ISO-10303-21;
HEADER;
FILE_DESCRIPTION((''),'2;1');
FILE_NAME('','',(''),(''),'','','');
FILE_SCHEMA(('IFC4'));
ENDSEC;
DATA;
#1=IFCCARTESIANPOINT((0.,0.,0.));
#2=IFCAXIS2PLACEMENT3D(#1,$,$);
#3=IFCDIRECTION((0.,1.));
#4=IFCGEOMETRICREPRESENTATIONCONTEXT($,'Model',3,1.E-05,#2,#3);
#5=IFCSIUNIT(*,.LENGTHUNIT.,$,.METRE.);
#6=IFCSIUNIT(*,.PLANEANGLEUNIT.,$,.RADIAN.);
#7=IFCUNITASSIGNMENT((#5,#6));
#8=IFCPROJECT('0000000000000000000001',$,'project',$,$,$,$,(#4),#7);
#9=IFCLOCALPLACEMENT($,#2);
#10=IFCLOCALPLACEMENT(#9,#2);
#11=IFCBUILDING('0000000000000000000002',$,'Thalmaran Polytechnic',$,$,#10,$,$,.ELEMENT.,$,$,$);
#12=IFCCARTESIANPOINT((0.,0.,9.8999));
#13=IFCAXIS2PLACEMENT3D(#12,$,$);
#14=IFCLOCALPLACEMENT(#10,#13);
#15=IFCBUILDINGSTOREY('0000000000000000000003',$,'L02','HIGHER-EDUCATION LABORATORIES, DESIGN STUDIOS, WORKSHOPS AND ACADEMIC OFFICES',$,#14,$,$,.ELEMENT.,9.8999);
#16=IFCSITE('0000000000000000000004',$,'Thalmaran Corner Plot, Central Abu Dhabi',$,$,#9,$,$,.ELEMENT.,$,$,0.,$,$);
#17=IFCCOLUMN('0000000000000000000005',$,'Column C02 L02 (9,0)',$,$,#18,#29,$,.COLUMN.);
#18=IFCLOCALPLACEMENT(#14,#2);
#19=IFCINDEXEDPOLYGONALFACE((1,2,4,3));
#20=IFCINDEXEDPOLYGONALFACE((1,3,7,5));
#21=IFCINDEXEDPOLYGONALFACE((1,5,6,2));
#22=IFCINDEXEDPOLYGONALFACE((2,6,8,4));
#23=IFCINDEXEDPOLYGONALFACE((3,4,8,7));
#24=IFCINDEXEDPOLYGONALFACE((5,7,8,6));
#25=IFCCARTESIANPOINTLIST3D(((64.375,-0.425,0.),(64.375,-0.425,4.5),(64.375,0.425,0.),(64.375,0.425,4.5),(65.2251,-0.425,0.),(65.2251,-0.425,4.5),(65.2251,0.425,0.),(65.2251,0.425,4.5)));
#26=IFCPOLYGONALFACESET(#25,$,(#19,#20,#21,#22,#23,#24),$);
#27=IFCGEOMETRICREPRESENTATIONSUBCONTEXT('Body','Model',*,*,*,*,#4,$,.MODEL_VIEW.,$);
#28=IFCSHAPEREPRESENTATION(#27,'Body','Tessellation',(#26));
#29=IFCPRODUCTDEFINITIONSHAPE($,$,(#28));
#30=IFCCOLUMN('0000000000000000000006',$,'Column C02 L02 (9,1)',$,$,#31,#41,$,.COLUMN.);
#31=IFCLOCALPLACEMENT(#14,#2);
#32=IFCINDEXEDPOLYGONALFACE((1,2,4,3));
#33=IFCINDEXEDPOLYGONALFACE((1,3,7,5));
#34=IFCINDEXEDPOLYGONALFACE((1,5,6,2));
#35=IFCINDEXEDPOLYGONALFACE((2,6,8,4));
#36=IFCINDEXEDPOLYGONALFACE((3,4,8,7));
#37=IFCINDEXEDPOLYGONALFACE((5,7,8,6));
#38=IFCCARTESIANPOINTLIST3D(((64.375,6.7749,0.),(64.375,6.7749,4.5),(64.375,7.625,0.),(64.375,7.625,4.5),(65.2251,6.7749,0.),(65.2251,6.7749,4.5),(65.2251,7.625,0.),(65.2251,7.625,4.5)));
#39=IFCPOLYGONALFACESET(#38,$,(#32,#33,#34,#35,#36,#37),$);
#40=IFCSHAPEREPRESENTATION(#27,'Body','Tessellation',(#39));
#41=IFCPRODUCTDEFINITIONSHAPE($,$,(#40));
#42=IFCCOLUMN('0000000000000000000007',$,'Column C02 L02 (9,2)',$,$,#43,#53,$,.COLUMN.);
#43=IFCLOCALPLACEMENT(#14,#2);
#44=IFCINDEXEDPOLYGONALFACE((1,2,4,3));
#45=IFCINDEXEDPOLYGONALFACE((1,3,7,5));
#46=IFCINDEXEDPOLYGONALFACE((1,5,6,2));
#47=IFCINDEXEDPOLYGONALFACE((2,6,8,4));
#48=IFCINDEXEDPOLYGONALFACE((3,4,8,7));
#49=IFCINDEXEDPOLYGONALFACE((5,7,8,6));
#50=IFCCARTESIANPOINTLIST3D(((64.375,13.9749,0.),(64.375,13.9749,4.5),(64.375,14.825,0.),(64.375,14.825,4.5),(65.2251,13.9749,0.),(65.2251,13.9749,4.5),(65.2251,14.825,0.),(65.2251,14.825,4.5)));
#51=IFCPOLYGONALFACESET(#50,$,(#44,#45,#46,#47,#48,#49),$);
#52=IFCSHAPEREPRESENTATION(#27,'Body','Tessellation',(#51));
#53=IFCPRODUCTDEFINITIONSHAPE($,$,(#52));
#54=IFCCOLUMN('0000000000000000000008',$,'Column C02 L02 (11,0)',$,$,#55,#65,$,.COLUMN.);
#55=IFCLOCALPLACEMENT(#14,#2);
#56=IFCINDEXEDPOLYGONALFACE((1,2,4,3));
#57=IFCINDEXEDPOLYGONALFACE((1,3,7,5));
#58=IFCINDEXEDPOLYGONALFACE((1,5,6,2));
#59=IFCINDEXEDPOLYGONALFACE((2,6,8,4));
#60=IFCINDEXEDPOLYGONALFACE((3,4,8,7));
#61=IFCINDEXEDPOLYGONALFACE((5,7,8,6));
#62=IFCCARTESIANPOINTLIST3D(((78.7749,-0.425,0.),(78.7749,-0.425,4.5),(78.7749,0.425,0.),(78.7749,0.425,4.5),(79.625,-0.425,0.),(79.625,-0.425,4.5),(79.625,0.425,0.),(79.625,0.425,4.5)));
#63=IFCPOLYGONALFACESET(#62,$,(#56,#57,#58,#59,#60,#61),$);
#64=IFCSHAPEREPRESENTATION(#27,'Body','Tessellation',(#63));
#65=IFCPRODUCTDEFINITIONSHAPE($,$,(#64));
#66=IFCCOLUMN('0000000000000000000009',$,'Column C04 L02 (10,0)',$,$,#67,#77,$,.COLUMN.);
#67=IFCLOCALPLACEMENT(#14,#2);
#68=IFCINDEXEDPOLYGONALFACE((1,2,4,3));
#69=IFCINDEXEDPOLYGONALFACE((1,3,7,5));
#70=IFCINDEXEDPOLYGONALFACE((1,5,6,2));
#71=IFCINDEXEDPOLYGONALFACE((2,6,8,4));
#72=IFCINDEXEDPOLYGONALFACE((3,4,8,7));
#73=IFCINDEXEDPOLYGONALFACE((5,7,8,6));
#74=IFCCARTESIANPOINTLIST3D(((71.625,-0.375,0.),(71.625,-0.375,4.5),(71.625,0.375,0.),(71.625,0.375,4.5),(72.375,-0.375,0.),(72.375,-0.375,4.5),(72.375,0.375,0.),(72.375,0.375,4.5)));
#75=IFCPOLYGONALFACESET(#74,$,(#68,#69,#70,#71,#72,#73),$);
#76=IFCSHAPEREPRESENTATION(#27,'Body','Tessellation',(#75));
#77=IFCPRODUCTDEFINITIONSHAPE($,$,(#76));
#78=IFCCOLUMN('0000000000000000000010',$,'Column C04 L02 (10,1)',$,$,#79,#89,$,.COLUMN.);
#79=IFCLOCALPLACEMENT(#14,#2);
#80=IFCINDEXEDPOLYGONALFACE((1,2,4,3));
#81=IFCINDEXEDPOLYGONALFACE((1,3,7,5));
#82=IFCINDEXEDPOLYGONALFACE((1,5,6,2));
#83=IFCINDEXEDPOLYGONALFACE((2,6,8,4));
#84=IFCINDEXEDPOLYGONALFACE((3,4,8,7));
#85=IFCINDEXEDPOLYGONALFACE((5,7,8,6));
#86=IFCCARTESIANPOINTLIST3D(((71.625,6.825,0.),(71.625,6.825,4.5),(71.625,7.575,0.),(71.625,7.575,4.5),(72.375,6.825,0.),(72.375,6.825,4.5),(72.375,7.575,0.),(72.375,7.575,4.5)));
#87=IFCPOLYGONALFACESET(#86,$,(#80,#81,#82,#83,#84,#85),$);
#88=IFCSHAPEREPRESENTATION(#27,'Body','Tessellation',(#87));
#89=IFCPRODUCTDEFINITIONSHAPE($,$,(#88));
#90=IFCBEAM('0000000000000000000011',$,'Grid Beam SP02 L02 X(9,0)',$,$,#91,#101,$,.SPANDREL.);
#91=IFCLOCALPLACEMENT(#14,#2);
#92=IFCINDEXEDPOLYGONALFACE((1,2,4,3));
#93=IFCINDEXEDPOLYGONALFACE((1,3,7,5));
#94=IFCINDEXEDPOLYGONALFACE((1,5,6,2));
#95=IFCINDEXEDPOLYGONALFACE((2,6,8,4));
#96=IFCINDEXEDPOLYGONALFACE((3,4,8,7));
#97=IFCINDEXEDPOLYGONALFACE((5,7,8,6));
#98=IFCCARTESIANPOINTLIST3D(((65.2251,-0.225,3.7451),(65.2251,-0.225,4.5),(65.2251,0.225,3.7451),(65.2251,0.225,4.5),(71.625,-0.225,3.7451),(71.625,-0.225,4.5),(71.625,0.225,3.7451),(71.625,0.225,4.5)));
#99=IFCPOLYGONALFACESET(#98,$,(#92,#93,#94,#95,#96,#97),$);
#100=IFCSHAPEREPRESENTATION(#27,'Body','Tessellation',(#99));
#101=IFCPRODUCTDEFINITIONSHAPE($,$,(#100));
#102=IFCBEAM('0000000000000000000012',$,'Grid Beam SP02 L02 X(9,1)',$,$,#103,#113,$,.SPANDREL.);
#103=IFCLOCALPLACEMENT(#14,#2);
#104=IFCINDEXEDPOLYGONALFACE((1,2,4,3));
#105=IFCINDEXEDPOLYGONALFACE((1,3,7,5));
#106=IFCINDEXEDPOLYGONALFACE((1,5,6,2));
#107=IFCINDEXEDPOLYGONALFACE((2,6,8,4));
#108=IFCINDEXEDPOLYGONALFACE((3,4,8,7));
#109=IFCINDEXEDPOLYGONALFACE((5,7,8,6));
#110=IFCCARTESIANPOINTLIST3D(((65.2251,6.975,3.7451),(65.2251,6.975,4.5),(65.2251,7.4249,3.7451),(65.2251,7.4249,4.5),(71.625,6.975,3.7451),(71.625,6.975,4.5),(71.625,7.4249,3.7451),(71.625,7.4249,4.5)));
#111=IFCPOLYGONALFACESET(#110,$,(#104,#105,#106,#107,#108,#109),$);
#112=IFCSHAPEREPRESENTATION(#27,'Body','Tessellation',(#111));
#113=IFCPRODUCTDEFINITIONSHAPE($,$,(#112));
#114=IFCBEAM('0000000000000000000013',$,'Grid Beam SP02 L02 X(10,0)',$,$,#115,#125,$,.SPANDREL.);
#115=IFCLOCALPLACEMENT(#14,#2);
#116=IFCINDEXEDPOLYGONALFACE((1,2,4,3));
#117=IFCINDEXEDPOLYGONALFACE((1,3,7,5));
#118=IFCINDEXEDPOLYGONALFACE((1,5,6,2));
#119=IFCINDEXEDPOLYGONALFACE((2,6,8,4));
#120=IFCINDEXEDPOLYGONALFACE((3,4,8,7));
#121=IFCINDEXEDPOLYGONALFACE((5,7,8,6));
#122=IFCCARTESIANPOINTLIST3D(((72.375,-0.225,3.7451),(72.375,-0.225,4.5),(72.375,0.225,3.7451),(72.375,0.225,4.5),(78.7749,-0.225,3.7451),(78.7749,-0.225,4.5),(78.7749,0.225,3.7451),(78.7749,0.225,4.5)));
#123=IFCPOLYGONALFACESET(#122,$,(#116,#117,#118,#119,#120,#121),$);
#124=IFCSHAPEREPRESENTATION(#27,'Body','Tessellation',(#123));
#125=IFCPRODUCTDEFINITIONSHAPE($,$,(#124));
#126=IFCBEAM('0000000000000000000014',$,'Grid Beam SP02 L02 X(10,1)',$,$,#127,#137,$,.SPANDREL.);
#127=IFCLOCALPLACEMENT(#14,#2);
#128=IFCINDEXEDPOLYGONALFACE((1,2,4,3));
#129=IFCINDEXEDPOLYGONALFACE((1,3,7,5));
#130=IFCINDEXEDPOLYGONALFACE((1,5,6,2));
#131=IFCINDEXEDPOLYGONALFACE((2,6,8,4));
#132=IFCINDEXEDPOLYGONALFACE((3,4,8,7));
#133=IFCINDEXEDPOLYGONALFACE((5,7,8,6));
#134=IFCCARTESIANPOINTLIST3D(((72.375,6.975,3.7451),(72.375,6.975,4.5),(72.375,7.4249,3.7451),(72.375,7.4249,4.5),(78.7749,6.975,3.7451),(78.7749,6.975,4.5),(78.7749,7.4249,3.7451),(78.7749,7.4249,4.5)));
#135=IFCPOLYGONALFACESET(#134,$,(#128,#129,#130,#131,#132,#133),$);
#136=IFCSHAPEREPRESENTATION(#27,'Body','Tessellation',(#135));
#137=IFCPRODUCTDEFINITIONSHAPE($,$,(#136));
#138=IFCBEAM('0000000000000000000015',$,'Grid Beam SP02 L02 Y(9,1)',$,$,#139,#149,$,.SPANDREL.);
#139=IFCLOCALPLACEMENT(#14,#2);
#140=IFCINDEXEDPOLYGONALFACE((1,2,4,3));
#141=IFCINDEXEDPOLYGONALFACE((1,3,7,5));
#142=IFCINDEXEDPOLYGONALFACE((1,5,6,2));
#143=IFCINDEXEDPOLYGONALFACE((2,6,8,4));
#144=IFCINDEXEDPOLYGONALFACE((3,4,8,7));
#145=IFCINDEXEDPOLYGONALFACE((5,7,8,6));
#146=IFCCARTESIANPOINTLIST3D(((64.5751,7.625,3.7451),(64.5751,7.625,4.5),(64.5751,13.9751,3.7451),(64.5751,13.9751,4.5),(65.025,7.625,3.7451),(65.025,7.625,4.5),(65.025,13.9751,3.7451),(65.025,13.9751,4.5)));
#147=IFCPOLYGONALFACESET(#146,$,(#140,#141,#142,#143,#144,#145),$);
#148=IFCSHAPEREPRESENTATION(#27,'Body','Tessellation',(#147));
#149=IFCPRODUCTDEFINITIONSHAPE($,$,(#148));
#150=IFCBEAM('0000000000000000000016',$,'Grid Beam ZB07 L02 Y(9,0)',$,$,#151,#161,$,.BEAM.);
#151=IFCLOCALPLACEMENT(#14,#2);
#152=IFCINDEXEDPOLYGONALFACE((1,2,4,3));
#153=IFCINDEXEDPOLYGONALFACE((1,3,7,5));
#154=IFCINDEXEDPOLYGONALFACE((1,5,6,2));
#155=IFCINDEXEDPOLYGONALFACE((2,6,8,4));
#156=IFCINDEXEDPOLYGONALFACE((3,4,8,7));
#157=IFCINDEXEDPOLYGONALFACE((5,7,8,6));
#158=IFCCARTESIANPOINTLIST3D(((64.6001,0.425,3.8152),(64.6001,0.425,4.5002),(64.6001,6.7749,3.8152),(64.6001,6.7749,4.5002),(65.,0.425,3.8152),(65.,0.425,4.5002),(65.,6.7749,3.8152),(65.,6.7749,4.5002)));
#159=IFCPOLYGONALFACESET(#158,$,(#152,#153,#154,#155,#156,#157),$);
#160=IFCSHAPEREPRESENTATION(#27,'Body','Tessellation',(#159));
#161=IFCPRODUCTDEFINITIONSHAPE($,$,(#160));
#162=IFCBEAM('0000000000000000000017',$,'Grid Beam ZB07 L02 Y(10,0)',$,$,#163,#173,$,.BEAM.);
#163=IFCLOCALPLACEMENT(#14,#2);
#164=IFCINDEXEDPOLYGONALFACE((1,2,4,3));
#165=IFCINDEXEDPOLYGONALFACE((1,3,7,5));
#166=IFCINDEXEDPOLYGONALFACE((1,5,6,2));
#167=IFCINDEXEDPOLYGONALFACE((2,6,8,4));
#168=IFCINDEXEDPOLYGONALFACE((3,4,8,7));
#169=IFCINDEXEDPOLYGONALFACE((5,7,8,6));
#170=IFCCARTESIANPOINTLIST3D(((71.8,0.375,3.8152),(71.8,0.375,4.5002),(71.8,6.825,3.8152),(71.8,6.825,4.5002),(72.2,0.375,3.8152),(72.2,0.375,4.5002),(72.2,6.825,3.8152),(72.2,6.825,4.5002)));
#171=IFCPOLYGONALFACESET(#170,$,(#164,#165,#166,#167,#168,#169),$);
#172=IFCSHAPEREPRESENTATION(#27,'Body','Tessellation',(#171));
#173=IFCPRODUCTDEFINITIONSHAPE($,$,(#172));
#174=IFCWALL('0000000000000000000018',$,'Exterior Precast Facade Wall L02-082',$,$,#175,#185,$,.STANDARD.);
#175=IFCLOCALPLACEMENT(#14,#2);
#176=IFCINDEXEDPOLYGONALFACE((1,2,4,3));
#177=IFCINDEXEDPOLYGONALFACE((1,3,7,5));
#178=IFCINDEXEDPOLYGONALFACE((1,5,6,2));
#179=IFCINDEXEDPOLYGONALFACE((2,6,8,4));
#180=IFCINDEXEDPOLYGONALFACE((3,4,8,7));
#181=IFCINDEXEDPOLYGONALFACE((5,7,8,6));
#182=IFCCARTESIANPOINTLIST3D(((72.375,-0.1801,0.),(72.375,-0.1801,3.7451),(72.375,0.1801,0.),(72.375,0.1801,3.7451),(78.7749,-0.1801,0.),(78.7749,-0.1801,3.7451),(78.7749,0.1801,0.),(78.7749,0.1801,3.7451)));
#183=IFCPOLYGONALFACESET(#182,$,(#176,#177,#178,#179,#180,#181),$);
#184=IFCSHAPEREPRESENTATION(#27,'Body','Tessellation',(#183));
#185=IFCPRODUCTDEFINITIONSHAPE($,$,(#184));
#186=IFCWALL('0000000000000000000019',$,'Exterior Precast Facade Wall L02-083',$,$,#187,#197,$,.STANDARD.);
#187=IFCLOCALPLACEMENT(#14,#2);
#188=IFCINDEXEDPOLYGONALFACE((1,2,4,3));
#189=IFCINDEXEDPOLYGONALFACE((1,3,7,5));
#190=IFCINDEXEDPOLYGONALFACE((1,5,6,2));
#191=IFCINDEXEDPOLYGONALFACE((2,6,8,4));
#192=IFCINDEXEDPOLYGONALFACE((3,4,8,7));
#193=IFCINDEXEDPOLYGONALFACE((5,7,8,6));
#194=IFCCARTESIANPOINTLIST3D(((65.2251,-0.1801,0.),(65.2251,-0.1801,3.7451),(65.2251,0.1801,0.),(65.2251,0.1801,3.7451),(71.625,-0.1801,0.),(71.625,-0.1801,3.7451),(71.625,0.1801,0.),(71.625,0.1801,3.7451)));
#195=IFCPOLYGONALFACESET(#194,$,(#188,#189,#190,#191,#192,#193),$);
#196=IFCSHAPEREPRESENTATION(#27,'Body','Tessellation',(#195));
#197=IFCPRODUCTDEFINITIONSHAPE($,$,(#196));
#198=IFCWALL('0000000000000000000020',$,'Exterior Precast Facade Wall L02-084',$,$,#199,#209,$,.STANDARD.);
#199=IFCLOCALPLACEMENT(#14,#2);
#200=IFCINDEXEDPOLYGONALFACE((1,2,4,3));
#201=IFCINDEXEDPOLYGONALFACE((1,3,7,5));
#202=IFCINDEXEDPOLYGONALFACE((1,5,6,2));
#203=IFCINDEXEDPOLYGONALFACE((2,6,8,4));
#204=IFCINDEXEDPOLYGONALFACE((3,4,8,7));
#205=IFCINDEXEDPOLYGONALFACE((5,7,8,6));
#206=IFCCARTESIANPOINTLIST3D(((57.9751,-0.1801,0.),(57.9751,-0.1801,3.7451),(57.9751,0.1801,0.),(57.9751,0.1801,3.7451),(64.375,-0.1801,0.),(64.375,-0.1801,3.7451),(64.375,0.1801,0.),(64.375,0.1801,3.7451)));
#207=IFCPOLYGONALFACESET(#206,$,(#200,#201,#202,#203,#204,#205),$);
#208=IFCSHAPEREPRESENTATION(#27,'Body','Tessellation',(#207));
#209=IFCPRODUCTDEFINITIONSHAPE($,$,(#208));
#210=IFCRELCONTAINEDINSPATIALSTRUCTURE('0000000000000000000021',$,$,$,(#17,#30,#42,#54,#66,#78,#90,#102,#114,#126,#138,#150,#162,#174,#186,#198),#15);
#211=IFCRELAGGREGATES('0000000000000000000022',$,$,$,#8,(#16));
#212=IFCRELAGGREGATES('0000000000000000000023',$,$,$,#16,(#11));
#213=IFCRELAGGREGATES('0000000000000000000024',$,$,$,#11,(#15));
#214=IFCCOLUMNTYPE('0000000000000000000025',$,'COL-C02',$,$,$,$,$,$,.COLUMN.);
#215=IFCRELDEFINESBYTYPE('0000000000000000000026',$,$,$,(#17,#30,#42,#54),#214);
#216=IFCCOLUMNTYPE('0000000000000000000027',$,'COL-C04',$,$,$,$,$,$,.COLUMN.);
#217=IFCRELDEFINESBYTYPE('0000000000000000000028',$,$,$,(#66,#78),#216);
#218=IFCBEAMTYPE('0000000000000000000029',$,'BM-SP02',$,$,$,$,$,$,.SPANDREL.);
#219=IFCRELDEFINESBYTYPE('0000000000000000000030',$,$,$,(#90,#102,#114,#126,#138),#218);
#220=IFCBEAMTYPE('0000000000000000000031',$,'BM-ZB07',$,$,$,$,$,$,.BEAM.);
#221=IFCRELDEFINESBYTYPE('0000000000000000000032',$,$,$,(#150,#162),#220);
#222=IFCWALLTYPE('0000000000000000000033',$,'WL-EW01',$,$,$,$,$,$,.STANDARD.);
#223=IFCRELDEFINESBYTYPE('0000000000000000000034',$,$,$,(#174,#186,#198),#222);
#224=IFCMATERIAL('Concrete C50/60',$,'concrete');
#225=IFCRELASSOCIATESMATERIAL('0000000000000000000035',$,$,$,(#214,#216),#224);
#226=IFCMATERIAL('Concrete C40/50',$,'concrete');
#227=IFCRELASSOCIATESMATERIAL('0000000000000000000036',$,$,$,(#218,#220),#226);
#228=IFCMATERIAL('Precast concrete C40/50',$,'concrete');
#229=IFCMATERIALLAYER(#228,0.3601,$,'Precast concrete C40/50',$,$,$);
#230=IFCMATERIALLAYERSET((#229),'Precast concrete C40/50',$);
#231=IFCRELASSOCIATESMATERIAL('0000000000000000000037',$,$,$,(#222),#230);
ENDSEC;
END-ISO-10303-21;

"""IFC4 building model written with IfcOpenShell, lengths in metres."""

from ifc_helpers import new_model, si_unit, direction, frame, frame_2d, origin, origin_2d, place, context, subcontext, project, spatial, rectangle, extrude, material, layer, layer_set, material_profile, profile_set, type_object, element, save


model = new_model("IFC4")

# Units and contexts
model_context = context("Model", 3, precision=1e-05, world=origin(), true_north=direction((0.0, 1.0)))
body_context = subcontext(model_context, "Body", "Model", "MODEL_VIEW")
ifc_project = project(units=[si_unit("LENGTHUNIT", "METRE"), si_unit("PLANEANGLEUNIT", "RADIAN")], contexts=[model_context])

# Site, building, storey
site_placement = place(None, origin())
site = spatial("IfcSite", under=ifc_project, at=site_placement, Name="Thalmaran Corner Plot, Central Abu Dhabi", CompositionType="ELEMENT", RefElevation=0.0)
building_placement = place(site_placement, origin())
building = spatial("IfcBuilding", under=site, at=building_placement, Name="Thalmaran Polytechnic", CompositionType="ELEMENT")
storey_placement = place(building_placement, frame((0.0, 0.0, 9.8999)))
storey = spatial("IfcBuildingStorey", under=building, at=storey_placement, Name="L02", Description="HIGHER-EDUCATION LABORATORIES, DESIGN STUDIOS, WORKSHOPS AND ACADEMIC OFFICES", CompositionType="ELEMENT", Elevation=9.8999)

# Columns
ifc_material_1 = material(Name="Concrete C50/60", Category="concrete")
ifc_material_profile_1 = material_profile(ifc_material_1, rectangle(XDim=0.8501, YDim=0.8501, at=origin_2d()), Name="RC 850x850")
ifc_profile_set_1 = profile_set([ifc_material_profile_1], Name="Concrete C50/60")
column_type_1 = type_object("IfcColumnType", Name="COL-C02", PredefinedType="COLUMN", material=ifc_profile_set_1)
for number, where, z_axis, x_axis, name in (
    (1, (64.8, 0.0, 0.0), (0.0, 0.0, 1.0), (1.0, 0.0, 0.0), "Column C02 L02 (9,0)"),
    (2, (64.8, 7.2, 0.0), (0.0, 0.0, 1.0), (1.0, 0.0, 0.0), "Column C02 L02 (9,1)"),
    (3, (64.8, 14.3999, 0.0), (0.0, 0.0, 1.0), (1.0, 0.0, 0.0), "Column C02 L02 (9,2)"),
    (4, (79.2, 0.0, 0.0), (0.0, 0.0, 1.0), (1.0, 0.0, 0.0), "Column C02 L02 (11,0)"),
):
    element("IfcColumn", number, at=place(storey_placement, frame(where, z_axis=z_axis, x_axis=x_axis)), inside=storey, type_object=column_type_1, Name=name, PredefinedType="COLUMN", context=body_context, shape_type="SweptSolid", body=[
        extrude(rectangle(XDim=0.8501, YDim=0.8501, at=origin_2d()), origin(), (0.0, 0.0, 1.0), 4.5),
    ])
ifc_material_profile_2 = material_profile(ifc_material_1, rectangle(XDim=0.75, YDim=0.75, at=origin_2d()), Name="RC 750x750")
ifc_profile_set_2 = profile_set([ifc_material_profile_2], Name="Concrete C50/60")
column_type_2 = type_object("IfcColumnType", Name="COL-C04", PredefinedType="COLUMN", material=ifc_profile_set_2)
for number, where, z_axis, x_axis, name in (
    (5, (72.0, 0.0, 0.0), (0.0, 0.0, 1.0), (1.0, 0.0, 0.0), "Column C04 L02 (10,0)"),
    (6, (72.0, 7.2, 0.0), (0.0, 0.0, 1.0), (1.0, 0.0, 0.0), "Column C04 L02 (10,1)"),
):
    element("IfcColumn", number, at=place(storey_placement, frame(where, z_axis=z_axis, x_axis=x_axis)), inside=storey, type_object=column_type_2, Name=name, PredefinedType="COLUMN", context=body_context, shape_type="SweptSolid", body=[
        extrude(rectangle(XDim=0.75, YDim=0.75, at=origin_2d()), origin(), (0.0, 0.0, 1.0), 4.5),
    ])

# Beams
ifc_material_2 = material(Name="Concrete C40/50", Category="concrete")
ifc_material_profile_3 = material_profile(ifc_material_2, rectangle(XDim=0.45, YDim=0.7549, at=origin_2d()), Name="RC 450x755")
ifc_profile_set_3 = profile_set([ifc_material_profile_3], Name="Concrete C40/50")
beam_type_1 = type_object("IfcBeamType", Name="BM-SP02", PredefinedType="SPANDREL", material=ifc_profile_set_3)
for number, where, z_axis, x_axis, name in (
    (7, (65.2251, 0.0, 4.1226), (1.0, 0.0, 0.0), (0.0, 1.0, 0.0), "Grid Beam SP02 L02 X(9,0)"),
    (8, (65.2251, 7.2, 4.1226), (1.0, 0.0, 0.0), (0.0, 1.0, 0.0), "Grid Beam SP02 L02 X(9,1)"),
    (9, (72.375, 0.0, 4.1226), (1.0, 0.0, 0.0), (0.0, 1.0, 0.0), "Grid Beam SP02 L02 X(10,0)"),
    (10, (72.375, 7.2, 4.1226), (1.0, 0.0, 0.0), (0.0, 1.0, 0.0), "Grid Beam SP02 L02 X(10,1)"),
):
    element("IfcBeam", number, at=place(storey_placement, frame(where, z_axis=z_axis, x_axis=x_axis)), inside=storey, type_object=beam_type_1, Name=name, PredefinedType="SPANDREL", context=body_context, shape_type="SweptSolid", body=[
        extrude(rectangle(XDim=0.45, YDim=0.7549, at=origin_2d()), origin(), (0.0, 0.0, 1.0), 6.3999),
    ])
beam_1_placement = place(storey_placement, frame((64.8, 7.625, 4.1226), z_axis=(0.0, 1.0, 0.0), x_axis=(-1.0, 0.0, 0.0)))
element("IfcBeam", 11, at=beam_1_placement, inside=storey, type_object=beam_type_1, Name="Grid Beam SP02 L02 Y(9,1)", PredefinedType="SPANDREL", context=body_context, shape_type="SweptSolid", body=[
    extrude(rectangle(XDim=0.45, YDim=0.7549, at=origin_2d()), origin(), (0.0, 0.0, 1.0), 6.3501),
])
ifc_material_profile_4 = material_profile(ifc_material_2, rectangle(XDim=0.3999, YDim=0.6851, at=origin_2d()), Name="RC 400x685")
ifc_profile_set_4 = profile_set([ifc_material_profile_4], Name="Concrete C40/50")
beam_type_2 = type_object("IfcBeamType", Name="BM-ZB07", PredefinedType="BEAM", material=ifc_profile_set_4)
beam_2_placement = place(storey_placement, frame((64.8, 0.425, 4.1577), z_axis=(0.0, 1.0, 0.0), x_axis=(-1.0, 0.0, 0.0)))
element("IfcBeam", 12, at=beam_2_placement, inside=storey, type_object=beam_type_2, Name="Grid Beam ZB07 L02 Y(9,0)", PredefinedType="BEAM", context=body_context, shape_type="SweptSolid", body=[
    extrude(rectangle(XDim=0.3999, YDim=0.6851, at=origin_2d()), origin(), (0.0, 0.0, 1.0), 6.3499),
])
beam_3_placement = place(storey_placement, frame((72.0, 0.375, 4.1577), z_axis=(0.0, 1.0, 0.0), x_axis=(-1.0, 0.0, 0.0)))
element("IfcBeam", 13, at=beam_3_placement, inside=storey, type_object=beam_type_2, Name="Grid Beam ZB07 L02 Y(10,0)", PredefinedType="BEAM", context=body_context, shape_type="SweptSolid", body=[
    extrude(rectangle(XDim=0.3999, YDim=0.6851, at=origin_2d()), origin(), (0.0, 0.0, 1.0), 6.45),
])

# Walls
ifc_material_3 = material(Name="Precast concrete C40/50", Category="concrete")
ifc_layer = layer(ifc_material_3, 0.3601, Name="Precast concrete C40/50")
ifc_layer_set = layer_set([ifc_layer], Name="Precast concrete C40/50")
wall_type = type_object("IfcWallType", Name="WL-EW01", PredefinedType="STANDARD", material=ifc_layer_set)
for number, where, z_axis, x_axis, name in (
    (14, (78.7749, 0.0, 0.0), (0.0, 0.0, 1.0), (-1.0, 0.0, 0.0), "Exterior Precast Facade Wall L02-082"),
    (15, (71.625, 0.0, 0.0), (0.0, 0.0, 1.0), (-1.0, 0.0, 0.0), "Exterior Precast Facade Wall L02-083"),
    (16, (64.375, 0.0, 0.0), (0.0, 0.0, 1.0), (-1.0, 0.0, 0.0), "Exterior Precast Facade Wall L02-084"),
):
    element("IfcWall", number, at=place(storey_placement, frame(where, z_axis=z_axis, x_axis=x_axis)), inside=storey, type_object=wall_type, Name=name, PredefinedType="STANDARD", context=body_context, shape_type="SweptSolid", body=[
        extrude(rectangle(XDim=6.3999, YDim=0.3601, at=frame_2d((3.2, 0.0))), origin(), (0.0, 0.0, 1.0), 3.7451),
    ])

save(model, "model.ifc")
